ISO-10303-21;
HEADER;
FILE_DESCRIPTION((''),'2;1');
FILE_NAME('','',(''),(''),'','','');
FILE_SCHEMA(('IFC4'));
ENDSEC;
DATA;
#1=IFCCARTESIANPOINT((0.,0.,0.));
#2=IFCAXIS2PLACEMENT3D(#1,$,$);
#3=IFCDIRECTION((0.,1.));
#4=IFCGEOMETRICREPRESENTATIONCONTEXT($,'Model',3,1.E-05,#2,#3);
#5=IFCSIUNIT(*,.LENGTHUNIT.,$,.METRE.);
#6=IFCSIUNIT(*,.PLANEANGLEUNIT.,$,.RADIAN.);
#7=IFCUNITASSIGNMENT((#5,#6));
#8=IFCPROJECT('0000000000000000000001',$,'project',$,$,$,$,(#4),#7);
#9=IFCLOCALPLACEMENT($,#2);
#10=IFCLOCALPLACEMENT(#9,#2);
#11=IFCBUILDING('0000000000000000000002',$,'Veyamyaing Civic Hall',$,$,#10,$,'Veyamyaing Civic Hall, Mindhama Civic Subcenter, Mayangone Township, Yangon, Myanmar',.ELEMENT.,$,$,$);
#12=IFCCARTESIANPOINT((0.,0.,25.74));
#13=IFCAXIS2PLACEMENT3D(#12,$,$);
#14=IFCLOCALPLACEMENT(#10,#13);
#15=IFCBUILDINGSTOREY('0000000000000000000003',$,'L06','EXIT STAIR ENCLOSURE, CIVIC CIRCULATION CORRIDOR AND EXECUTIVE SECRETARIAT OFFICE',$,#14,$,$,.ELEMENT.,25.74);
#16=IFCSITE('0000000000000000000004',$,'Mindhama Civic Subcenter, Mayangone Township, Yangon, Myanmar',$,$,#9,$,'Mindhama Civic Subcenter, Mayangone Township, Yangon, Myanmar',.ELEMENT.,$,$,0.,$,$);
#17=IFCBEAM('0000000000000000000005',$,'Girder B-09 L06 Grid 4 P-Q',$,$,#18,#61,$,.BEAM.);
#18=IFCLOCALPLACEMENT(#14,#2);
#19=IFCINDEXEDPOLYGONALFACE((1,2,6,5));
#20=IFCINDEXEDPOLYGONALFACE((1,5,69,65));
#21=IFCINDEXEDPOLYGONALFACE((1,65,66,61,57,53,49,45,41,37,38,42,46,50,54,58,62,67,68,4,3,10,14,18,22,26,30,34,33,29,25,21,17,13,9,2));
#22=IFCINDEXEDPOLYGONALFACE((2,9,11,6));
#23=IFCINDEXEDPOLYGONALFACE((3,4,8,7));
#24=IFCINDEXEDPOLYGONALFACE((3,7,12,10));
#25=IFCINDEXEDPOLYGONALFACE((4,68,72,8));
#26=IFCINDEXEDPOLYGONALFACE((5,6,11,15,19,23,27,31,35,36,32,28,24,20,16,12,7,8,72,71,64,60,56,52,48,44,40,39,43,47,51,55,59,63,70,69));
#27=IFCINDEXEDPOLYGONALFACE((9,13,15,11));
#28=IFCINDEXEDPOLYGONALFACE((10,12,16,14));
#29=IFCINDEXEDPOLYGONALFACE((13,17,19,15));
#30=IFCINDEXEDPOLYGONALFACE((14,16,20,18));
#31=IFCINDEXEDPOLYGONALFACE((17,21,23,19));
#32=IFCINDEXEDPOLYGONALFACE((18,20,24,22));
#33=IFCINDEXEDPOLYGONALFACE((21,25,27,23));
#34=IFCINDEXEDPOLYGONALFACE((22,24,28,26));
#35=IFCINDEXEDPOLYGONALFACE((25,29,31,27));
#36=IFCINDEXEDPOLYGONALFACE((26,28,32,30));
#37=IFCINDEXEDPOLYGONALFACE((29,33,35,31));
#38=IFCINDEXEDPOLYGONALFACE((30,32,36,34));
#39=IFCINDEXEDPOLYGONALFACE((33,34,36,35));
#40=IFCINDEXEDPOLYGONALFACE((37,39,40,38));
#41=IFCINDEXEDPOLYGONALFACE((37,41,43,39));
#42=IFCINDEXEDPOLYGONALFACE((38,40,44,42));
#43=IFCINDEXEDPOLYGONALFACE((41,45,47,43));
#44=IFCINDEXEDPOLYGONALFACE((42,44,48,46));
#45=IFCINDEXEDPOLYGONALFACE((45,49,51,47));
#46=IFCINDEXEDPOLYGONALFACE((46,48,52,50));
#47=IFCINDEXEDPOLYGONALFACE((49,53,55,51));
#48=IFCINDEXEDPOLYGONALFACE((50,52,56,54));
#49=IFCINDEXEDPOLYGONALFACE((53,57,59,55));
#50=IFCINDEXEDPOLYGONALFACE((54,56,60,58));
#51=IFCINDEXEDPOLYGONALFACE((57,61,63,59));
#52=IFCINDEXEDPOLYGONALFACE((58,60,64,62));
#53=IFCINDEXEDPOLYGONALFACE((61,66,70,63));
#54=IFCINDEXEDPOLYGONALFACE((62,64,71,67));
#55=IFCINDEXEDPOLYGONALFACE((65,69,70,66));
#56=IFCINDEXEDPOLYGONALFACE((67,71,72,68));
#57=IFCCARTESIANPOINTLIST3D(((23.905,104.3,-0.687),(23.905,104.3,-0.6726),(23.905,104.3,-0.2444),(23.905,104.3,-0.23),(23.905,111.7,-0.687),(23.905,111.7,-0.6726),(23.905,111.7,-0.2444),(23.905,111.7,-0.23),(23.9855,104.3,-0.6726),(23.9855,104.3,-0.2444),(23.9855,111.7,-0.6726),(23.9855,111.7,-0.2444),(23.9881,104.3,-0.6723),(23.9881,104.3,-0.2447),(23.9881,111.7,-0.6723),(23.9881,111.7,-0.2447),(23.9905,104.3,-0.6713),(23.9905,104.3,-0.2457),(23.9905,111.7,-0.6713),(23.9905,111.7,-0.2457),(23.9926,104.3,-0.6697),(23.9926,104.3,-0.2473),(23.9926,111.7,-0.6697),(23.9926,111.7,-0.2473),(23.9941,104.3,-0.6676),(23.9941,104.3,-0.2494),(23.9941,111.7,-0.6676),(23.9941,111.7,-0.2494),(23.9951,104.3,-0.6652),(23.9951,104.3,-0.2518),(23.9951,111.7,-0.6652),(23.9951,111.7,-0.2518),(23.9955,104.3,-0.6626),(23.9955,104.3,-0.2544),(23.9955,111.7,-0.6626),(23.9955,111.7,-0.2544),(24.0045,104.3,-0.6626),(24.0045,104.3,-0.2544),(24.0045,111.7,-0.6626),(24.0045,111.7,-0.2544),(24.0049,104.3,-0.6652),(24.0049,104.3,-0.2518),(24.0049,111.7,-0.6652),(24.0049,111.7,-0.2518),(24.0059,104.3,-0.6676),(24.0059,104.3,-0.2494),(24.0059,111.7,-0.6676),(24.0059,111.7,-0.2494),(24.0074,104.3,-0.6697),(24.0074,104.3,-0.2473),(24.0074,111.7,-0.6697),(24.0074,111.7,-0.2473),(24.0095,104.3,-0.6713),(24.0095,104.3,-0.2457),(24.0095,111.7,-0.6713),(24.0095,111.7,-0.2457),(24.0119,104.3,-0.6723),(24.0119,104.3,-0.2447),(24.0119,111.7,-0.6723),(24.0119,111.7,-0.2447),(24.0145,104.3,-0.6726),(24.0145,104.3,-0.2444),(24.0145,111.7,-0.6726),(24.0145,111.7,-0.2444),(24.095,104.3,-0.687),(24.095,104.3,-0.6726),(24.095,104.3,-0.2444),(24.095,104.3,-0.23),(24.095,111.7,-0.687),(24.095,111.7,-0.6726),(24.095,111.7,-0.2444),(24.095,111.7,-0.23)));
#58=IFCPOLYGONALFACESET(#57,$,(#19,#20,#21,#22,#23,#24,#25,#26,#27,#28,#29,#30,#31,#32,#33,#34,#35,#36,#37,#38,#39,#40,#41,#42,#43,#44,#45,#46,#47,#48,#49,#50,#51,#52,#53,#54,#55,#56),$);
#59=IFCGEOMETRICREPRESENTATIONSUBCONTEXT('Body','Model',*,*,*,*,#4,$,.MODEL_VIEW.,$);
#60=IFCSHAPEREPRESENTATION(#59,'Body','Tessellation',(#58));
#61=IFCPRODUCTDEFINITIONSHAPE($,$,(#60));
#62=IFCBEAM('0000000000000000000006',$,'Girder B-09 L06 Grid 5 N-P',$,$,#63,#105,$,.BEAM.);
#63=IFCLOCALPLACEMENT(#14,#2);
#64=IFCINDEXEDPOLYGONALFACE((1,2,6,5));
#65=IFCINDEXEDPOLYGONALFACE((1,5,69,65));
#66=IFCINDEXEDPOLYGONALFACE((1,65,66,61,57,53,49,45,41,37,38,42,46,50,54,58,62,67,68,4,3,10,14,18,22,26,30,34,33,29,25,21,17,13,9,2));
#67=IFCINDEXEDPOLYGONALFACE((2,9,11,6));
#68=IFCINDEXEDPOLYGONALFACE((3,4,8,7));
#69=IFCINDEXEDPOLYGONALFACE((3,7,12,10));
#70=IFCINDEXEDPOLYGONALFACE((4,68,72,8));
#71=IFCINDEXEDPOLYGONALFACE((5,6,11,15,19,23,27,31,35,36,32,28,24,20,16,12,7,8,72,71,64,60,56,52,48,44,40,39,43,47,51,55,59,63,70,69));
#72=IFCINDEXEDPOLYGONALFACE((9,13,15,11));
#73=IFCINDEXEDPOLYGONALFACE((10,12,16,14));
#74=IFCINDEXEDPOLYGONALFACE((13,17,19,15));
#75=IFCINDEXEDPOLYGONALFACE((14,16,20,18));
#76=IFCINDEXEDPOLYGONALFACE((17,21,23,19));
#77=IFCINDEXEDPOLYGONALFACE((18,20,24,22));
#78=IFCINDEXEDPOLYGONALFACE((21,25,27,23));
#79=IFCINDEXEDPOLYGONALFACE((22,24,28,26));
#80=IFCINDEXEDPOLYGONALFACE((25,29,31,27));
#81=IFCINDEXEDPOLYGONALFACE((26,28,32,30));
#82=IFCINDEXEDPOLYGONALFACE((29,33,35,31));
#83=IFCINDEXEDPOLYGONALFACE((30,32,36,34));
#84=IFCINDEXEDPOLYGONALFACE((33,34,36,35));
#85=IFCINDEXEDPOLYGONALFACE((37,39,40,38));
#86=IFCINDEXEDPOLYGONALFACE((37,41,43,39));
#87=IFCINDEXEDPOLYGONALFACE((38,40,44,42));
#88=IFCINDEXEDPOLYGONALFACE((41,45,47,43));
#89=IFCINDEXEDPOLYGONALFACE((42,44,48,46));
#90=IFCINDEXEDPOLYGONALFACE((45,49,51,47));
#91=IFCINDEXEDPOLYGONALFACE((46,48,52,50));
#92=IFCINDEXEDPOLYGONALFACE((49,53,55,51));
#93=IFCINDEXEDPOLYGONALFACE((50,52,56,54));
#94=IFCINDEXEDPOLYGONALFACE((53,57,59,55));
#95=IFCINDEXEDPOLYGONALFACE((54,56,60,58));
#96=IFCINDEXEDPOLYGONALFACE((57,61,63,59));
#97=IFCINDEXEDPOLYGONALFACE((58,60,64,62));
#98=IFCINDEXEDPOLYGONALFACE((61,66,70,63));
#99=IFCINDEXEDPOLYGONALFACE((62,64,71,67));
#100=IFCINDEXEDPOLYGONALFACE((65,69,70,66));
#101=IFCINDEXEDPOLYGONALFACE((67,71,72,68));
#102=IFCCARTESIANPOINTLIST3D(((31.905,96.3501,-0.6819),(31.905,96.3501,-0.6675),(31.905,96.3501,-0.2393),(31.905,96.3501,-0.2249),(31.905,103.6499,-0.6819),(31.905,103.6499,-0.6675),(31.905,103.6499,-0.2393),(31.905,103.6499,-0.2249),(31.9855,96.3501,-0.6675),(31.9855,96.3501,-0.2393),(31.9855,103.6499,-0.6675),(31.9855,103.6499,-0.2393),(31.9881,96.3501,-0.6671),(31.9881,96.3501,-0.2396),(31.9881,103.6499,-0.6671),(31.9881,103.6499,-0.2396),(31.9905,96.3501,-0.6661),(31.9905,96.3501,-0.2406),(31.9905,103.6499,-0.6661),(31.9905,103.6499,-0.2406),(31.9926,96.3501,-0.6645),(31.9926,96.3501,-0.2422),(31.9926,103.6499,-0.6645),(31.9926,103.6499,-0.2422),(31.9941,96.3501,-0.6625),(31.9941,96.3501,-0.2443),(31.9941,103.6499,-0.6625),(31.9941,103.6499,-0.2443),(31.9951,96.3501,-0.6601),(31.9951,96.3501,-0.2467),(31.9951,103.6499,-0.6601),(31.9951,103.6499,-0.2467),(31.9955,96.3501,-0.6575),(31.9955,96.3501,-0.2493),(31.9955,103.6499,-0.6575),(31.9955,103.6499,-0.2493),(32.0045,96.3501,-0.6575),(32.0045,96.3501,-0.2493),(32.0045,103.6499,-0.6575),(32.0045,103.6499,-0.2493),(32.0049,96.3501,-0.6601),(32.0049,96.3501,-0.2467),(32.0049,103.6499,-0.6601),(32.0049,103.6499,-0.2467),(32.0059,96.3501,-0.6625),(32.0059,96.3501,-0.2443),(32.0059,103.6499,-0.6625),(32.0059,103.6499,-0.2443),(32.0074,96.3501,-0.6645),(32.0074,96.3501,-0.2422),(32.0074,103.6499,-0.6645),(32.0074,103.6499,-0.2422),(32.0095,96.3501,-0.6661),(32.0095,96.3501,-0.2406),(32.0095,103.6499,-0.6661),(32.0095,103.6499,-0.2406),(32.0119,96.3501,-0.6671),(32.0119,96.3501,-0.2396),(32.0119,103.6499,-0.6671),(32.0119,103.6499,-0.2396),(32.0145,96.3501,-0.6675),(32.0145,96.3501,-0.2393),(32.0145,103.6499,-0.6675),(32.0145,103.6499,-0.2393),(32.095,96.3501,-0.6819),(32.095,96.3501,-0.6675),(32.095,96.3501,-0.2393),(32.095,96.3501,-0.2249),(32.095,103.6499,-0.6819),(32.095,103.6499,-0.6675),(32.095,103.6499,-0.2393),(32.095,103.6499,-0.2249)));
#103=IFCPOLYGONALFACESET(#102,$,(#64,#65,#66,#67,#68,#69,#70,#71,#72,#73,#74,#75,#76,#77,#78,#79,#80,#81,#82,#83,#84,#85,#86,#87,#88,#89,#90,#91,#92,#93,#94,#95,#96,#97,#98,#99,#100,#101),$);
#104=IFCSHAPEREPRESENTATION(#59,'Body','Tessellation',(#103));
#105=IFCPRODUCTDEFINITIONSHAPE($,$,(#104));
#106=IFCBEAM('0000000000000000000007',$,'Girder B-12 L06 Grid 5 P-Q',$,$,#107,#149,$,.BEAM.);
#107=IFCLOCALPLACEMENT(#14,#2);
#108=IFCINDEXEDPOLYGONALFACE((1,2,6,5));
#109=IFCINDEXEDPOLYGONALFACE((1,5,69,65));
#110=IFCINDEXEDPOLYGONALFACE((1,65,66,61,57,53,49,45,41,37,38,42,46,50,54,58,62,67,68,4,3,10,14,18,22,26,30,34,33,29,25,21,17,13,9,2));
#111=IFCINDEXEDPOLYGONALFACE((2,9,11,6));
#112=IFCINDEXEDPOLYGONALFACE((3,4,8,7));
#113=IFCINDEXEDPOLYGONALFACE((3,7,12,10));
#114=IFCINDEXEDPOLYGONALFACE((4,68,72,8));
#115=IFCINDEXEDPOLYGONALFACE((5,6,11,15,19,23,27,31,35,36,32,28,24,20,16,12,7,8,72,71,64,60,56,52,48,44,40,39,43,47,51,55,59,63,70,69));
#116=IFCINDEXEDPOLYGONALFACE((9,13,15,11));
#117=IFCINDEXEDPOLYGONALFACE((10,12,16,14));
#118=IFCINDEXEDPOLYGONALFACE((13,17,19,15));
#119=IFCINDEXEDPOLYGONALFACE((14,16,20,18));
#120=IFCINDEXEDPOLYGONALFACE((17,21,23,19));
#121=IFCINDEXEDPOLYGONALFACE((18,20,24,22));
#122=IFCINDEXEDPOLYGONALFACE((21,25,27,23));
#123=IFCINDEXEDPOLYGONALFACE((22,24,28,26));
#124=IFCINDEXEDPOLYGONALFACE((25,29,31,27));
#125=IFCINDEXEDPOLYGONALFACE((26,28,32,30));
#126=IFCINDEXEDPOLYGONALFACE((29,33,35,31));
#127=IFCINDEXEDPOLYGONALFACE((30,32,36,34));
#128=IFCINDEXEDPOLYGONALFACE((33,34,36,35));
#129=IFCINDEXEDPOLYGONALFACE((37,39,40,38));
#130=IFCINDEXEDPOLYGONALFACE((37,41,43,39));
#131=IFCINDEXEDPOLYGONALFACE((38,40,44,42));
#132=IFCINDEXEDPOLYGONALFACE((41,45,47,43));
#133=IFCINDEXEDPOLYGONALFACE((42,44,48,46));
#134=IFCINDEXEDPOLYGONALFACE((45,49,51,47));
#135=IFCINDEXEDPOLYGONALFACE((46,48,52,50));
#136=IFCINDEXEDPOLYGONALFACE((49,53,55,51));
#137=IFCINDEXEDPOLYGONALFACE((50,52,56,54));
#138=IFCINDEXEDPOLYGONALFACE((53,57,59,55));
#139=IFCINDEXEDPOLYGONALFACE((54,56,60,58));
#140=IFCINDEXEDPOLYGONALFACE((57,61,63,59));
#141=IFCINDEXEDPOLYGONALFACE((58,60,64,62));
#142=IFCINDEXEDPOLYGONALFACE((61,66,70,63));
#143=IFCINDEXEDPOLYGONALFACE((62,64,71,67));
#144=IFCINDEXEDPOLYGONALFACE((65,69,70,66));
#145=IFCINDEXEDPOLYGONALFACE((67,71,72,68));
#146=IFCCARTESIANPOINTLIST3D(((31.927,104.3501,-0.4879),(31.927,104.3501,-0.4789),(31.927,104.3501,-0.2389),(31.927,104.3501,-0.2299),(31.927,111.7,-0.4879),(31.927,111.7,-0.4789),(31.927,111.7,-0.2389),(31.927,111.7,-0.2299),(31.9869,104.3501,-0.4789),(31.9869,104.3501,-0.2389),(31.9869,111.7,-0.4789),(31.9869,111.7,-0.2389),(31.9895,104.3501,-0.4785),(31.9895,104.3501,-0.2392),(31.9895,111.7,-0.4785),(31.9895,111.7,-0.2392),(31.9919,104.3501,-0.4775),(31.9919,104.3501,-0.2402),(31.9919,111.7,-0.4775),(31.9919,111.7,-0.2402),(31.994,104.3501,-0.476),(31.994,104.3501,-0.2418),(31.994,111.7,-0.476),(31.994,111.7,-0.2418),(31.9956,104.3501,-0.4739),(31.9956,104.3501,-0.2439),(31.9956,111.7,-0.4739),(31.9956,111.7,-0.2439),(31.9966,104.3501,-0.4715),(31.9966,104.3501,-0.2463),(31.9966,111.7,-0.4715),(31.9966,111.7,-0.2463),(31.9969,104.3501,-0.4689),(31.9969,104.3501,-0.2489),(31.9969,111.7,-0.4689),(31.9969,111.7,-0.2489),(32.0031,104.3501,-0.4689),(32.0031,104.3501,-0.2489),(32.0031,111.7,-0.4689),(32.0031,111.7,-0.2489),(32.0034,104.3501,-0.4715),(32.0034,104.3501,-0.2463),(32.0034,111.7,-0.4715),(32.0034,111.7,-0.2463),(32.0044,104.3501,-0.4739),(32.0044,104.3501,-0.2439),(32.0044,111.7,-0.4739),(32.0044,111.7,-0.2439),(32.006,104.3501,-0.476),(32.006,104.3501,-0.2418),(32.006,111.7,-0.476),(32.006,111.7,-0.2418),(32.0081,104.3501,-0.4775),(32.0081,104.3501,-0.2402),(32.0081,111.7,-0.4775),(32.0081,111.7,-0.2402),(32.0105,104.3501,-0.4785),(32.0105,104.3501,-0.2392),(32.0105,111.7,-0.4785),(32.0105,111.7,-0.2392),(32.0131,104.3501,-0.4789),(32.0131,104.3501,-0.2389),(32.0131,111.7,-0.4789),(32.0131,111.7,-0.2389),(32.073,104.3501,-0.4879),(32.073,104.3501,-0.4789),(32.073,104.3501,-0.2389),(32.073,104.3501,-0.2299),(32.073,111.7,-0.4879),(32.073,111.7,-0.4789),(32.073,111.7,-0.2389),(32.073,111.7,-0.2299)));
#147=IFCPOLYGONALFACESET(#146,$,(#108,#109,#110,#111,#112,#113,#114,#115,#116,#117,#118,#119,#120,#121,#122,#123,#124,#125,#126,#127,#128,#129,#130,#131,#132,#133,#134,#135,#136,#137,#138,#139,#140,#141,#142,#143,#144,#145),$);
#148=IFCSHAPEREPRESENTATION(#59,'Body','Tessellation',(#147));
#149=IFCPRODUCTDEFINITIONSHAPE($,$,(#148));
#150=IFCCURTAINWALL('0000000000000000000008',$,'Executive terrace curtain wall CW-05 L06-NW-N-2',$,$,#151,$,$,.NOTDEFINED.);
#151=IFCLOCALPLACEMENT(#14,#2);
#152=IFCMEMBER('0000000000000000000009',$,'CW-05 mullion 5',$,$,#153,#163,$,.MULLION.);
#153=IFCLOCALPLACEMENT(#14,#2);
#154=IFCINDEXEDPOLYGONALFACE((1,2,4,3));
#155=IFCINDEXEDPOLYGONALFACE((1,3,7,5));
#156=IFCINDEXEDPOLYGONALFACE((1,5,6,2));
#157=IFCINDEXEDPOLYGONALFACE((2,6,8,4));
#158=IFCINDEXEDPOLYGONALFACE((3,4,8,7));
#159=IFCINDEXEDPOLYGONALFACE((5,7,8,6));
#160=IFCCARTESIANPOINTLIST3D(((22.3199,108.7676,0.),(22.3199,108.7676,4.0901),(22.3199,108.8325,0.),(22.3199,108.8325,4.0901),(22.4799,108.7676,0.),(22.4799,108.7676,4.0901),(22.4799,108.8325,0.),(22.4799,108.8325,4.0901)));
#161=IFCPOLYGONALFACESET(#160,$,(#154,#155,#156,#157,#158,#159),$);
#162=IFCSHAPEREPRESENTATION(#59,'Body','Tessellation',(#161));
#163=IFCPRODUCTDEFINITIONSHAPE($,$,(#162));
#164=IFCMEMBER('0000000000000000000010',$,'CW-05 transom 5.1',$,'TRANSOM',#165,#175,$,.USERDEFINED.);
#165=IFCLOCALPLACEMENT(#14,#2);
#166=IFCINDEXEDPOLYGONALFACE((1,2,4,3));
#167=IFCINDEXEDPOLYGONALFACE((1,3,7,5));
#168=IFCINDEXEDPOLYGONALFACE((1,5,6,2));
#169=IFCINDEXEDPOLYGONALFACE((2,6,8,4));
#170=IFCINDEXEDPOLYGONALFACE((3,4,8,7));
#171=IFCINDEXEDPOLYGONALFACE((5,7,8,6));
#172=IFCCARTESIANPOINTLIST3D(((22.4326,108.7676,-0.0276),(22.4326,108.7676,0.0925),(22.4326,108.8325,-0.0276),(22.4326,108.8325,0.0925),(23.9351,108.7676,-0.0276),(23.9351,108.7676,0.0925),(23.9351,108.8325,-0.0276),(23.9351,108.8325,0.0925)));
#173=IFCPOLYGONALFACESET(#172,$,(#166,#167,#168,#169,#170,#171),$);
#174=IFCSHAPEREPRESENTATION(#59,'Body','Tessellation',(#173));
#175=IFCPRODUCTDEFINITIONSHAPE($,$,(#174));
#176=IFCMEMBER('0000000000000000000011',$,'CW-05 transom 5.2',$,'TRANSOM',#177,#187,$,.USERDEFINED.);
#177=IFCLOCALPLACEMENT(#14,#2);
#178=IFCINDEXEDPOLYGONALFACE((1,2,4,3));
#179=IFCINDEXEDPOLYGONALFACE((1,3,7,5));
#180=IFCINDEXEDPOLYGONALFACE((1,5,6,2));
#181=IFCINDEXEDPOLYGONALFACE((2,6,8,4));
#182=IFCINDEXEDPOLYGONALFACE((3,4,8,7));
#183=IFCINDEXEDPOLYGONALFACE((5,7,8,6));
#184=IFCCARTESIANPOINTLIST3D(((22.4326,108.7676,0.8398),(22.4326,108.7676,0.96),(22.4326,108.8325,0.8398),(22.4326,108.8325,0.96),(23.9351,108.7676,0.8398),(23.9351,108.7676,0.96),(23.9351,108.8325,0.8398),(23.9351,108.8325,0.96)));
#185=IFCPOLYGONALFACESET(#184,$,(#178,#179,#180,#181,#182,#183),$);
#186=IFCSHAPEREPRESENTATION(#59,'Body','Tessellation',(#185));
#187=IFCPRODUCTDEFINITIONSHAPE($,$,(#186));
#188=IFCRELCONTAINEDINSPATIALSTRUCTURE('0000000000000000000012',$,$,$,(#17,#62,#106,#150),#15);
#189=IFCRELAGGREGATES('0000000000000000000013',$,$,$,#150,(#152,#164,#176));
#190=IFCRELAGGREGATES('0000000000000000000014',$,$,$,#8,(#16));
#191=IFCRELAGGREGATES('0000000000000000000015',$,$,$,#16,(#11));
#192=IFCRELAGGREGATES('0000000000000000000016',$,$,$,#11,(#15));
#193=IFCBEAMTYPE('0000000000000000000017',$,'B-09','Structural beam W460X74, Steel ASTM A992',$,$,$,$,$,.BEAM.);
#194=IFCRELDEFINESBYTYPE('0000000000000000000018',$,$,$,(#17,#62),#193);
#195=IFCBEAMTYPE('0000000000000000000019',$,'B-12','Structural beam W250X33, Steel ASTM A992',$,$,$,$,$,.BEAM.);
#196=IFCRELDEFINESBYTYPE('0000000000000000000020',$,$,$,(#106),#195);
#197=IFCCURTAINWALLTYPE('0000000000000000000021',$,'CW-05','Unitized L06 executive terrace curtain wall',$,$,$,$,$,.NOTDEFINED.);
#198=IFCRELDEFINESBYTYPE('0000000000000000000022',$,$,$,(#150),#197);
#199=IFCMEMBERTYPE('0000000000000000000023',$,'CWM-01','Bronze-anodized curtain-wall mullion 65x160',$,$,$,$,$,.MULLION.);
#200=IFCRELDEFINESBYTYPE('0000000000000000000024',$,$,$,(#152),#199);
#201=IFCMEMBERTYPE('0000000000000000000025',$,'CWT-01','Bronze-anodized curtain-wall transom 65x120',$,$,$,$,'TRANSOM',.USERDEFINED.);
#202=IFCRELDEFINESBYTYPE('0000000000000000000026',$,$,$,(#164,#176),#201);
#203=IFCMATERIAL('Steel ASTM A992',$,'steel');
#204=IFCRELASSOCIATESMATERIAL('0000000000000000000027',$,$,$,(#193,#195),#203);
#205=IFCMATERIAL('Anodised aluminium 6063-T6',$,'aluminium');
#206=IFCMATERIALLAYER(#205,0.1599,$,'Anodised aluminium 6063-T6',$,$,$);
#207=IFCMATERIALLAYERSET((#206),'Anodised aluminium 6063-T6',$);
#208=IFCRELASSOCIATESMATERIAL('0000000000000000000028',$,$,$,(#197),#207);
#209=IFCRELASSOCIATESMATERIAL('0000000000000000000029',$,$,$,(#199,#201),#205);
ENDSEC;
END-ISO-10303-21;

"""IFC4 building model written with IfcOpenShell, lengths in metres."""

from ifc_helpers import new_model, si_unit, direction, frame, origin, origin_2d, place, context, subcontext, project, spatial, rectangle, i_section, extrude, material, layer, layer_set, material_profile, profile_set, type_object, element, aggregate, save


model = new_model("IFC4")

# Units and contexts
model_context = context("Model", 3, precision=1e-05, world=origin(), true_north=direction((0.0, 1.0)))
body_context = subcontext(model_context, "Body", "Model", "MODEL_VIEW")
ifc_project = project(units=[si_unit("LENGTHUNIT", "METRE"), si_unit("PLANEANGLEUNIT", "RADIAN")], contexts=[model_context])

# Site, building, storey
site_placement = place(None, origin())
site = spatial("IfcSite", under=ifc_project, at=site_placement, Name="Mindhama Civic Subcenter, Mayangone Township, Yangon, Myanmar", LongName="Mindhama Civic Subcenter, Mayangone Township, Yangon, Myanmar", CompositionType="ELEMENT", RefElevation=0.0)
building_placement = place(site_placement, origin())
building = spatial("IfcBuilding", under=site, at=building_placement, Name="Veyamyaing Civic Hall", LongName="Veyamyaing Civic Hall, Mindhama Civic Subcenter, Mayangone Township, Yangon, Myanmar", CompositionType="ELEMENT")
storey_placement = place(building_placement, frame((0.0, 0.0, 25.74)))
storey = spatial("IfcBuildingStorey", under=building, at=storey_placement, Name="L06", Description="EXIT STAIR ENCLOSURE, CIVIC CIRCULATION CORRIDOR AND EXECUTIVE SECRETARIAT OFFICE", CompositionType="ELEMENT", Elevation=25.74)

# Beams
ifc_material_1 = material(Name="Steel ASTM A992", Category="steel")
ifc_material_profile_1 = material_profile(ifc_material_1, i_section(OverallWidth=0.1899, OverallDepth=0.457, WebThickness=0.009, FlangeThickness=0.0144, FilletRadius=0.01, at=origin_2d()), Name="W460X74")
ifc_profile_set_1 = profile_set([ifc_material_profile_1], Name="Steel ASTM A992")
beam_type_1 = type_object("IfcBeamType", Name="B-09", Description="Structural beam W460X74, Steel ASTM A992", PredefinedType="BEAM", material=ifc_profile_set_1)
beam_1_placement = place(storey_placement, frame((24.0, 104.3, -0.4585), z_axis=(0.0, 1.0, 0.0), x_axis=(-1.0, 0.0, 0.0)))
element("IfcBeam", 1, at=beam_1_placement, inside=storey, type_object=beam_type_1, Name="Girder B-09 L06 Grid 4 P-Q", PredefinedType="BEAM", context=body_context, shape_type="SweptSolid", body=[
    extrude(i_section(OverallWidth=0.1899, OverallDepth=0.457, WebThickness=0.009, FlangeThickness=0.0144, FilletRadius=0.01, at=origin_2d()), origin(), (0.0, 0.0, 1.0), 7.3999),
])
beam_2_placement = place(storey_placement, frame((32.0, 96.3501, -0.4534), z_axis=(0.0, 1.0, 0.0), x_axis=(-1.0, 0.0, 0.0)))
element("IfcBeam", 2, at=beam_2_placement, inside=storey, type_object=beam_type_1, Name="Girder B-09 L06 Grid 5 N-P", PredefinedType="BEAM", context=body_context, shape_type="SweptSolid", body=[
    extrude(i_section(OverallWidth=0.1899, OverallDepth=0.457, WebThickness=0.009, FlangeThickness=0.0144, FilletRadius=0.01, at=origin_2d()), origin(), (0.0, 0.0, 1.0), 7.2998),
])
ifc_material_profile_2 = material_profile(ifc_material_1, i_section(OverallWidth=0.146, OverallDepth=0.2581, WebThickness=0.0061, FlangeThickness=0.009, FilletRadius=0.01, at=origin_2d()), Name="W250X33")
ifc_profile_set_2 = profile_set([ifc_material_profile_2], Name="Steel ASTM A992")
beam_type_2 = type_object("IfcBeamType", Name="B-12", Description="Structural beam W250X33, Steel ASTM A992", PredefinedType="BEAM", material=ifc_profile_set_2)
beam_3_placement = place(storey_placement, frame((32.0, 104.3501, -0.3589), z_axis=(0.0, 1.0, 0.0), x_axis=(-1.0, 0.0, 0.0)))
element("IfcBeam", 3, at=beam_3_placement, inside=storey, type_object=beam_type_2, Name="Girder B-12 L06 Grid 5 P-Q", PredefinedType="BEAM", context=body_context, shape_type="SweptSolid", body=[
    extrude(i_section(OverallWidth=0.146, OverallDepth=0.2581, WebThickness=0.0061, FlangeThickness=0.009, FilletRadius=0.01, at=origin_2d()), origin(), (0.0, 0.0, 1.0), 7.3499),
])

# Curtain wall, members
ifc_material_2 = material(Name="Anodised aluminium 6063-T6", Category="aluminium")
ifc_layer_1 = layer(ifc_material_2, 0.1599, Name="Anodised aluminium 6063-T6")
ifc_layer_set_1 = layer_set([ifc_layer_1], Name="Anodised aluminium 6063-T6")
curtain_wall_type = type_object("IfcCurtainWallType", Name="CW-05", Description="Unitized L06 executive terrace curtain wall", PredefinedType="NOTDEFINED", material=ifc_layer_set_1)
curtain_wall_placement = place(storey_placement, origin())
curtain_wall = element("IfcCurtainWall", 4, at=curtain_wall_placement, inside=storey, type_object=curtain_wall_type, Name="Executive terrace curtain wall CW-05 L06-NW-N-2", PredefinedType="NOTDEFINED")
ifc_material_profile_3 = material_profile(ifc_material_2, rectangle(XDim=0.0649, YDim=0.1599, at=origin_2d()), Name="ALU-MUL-65X160")
ifc_profile_set_3 = profile_set([ifc_material_profile_3], Name="Anodised aluminium 6063-T6")
member_type_1 = type_object("IfcMemberType", Name="CWM-01", Description="Bronze-anodized curtain-wall mullion 65x160", PredefinedType="MULLION", material=ifc_profile_set_3)
member_1_placement = place(storey_placement, frame((22.3999, 108.8, 0.0), z_axis=(0.0, 0.0, 1.0), x_axis=(0.0, 1.0, 0.0)))
member_1 = element("IfcMember", 5, at=member_1_placement, type_object=member_type_1, Name="CW-05 mullion 5", PredefinedType="MULLION", context=body_context, shape_type="SweptSolid", body=[
    extrude(rectangle(XDim=0.0649, YDim=0.1599, at=origin_2d()), origin(), (0.0, 0.0, 1.0), 4.0901),
])
ifc_material_profile_4 = material_profile(ifc_material_2, rectangle(XDim=0.0649, YDim=0.1201, at=origin_2d()), Name="ALU-TRN-65X120")
ifc_profile_set_4 = profile_set([ifc_material_profile_4], Name="Anodised aluminium 6063-T6")
member_type_2 = type_object("IfcMemberType", Name="CWT-01", Description="Bronze-anodized curtain-wall transom 65x120", ElementType="TRANSOM", PredefinedType="USERDEFINED", material=ifc_profile_set_4)
member_2_placement = place(storey_placement, frame((22.4326, 108.8, 0.0325), z_axis=(1.0, 0.0, 0.0), x_axis=(0.0, 1.0, 0.0)))
member_2 = element("IfcMember", 6, at=member_2_placement, type_object=member_type_2, Name="CW-05 transom 5.1", ObjectType="TRANSOM", PredefinedType="USERDEFINED", context=body_context, shape_type="SweptSolid", body=[
    extrude(rectangle(XDim=0.0649, YDim=0.1201, at=origin_2d()), origin(), (0.0, 0.0, 1.0), 1.5024),
])
member_3_placement = place(storey_placement, frame((22.4326, 108.8, 0.8999), z_axis=(1.0, 0.0, 0.0), x_axis=(0.0, 1.0, 0.0)))
member_3 = element("IfcMember", 7, at=member_3_placement, type_object=member_type_2, Name="CW-05 transom 5.2", ObjectType="TRANSOM", PredefinedType="USERDEFINED", context=body_context, shape_type="SweptSolid", body=[
    extrude(rectangle(XDim=0.0649, YDim=0.1201, at=origin_2d()), origin(), (0.0, 0.0, 1.0), 1.5024),
])

aggregate(curtain_wall, [member_1, member_2, member_3])

save(model, "model.ifc")
